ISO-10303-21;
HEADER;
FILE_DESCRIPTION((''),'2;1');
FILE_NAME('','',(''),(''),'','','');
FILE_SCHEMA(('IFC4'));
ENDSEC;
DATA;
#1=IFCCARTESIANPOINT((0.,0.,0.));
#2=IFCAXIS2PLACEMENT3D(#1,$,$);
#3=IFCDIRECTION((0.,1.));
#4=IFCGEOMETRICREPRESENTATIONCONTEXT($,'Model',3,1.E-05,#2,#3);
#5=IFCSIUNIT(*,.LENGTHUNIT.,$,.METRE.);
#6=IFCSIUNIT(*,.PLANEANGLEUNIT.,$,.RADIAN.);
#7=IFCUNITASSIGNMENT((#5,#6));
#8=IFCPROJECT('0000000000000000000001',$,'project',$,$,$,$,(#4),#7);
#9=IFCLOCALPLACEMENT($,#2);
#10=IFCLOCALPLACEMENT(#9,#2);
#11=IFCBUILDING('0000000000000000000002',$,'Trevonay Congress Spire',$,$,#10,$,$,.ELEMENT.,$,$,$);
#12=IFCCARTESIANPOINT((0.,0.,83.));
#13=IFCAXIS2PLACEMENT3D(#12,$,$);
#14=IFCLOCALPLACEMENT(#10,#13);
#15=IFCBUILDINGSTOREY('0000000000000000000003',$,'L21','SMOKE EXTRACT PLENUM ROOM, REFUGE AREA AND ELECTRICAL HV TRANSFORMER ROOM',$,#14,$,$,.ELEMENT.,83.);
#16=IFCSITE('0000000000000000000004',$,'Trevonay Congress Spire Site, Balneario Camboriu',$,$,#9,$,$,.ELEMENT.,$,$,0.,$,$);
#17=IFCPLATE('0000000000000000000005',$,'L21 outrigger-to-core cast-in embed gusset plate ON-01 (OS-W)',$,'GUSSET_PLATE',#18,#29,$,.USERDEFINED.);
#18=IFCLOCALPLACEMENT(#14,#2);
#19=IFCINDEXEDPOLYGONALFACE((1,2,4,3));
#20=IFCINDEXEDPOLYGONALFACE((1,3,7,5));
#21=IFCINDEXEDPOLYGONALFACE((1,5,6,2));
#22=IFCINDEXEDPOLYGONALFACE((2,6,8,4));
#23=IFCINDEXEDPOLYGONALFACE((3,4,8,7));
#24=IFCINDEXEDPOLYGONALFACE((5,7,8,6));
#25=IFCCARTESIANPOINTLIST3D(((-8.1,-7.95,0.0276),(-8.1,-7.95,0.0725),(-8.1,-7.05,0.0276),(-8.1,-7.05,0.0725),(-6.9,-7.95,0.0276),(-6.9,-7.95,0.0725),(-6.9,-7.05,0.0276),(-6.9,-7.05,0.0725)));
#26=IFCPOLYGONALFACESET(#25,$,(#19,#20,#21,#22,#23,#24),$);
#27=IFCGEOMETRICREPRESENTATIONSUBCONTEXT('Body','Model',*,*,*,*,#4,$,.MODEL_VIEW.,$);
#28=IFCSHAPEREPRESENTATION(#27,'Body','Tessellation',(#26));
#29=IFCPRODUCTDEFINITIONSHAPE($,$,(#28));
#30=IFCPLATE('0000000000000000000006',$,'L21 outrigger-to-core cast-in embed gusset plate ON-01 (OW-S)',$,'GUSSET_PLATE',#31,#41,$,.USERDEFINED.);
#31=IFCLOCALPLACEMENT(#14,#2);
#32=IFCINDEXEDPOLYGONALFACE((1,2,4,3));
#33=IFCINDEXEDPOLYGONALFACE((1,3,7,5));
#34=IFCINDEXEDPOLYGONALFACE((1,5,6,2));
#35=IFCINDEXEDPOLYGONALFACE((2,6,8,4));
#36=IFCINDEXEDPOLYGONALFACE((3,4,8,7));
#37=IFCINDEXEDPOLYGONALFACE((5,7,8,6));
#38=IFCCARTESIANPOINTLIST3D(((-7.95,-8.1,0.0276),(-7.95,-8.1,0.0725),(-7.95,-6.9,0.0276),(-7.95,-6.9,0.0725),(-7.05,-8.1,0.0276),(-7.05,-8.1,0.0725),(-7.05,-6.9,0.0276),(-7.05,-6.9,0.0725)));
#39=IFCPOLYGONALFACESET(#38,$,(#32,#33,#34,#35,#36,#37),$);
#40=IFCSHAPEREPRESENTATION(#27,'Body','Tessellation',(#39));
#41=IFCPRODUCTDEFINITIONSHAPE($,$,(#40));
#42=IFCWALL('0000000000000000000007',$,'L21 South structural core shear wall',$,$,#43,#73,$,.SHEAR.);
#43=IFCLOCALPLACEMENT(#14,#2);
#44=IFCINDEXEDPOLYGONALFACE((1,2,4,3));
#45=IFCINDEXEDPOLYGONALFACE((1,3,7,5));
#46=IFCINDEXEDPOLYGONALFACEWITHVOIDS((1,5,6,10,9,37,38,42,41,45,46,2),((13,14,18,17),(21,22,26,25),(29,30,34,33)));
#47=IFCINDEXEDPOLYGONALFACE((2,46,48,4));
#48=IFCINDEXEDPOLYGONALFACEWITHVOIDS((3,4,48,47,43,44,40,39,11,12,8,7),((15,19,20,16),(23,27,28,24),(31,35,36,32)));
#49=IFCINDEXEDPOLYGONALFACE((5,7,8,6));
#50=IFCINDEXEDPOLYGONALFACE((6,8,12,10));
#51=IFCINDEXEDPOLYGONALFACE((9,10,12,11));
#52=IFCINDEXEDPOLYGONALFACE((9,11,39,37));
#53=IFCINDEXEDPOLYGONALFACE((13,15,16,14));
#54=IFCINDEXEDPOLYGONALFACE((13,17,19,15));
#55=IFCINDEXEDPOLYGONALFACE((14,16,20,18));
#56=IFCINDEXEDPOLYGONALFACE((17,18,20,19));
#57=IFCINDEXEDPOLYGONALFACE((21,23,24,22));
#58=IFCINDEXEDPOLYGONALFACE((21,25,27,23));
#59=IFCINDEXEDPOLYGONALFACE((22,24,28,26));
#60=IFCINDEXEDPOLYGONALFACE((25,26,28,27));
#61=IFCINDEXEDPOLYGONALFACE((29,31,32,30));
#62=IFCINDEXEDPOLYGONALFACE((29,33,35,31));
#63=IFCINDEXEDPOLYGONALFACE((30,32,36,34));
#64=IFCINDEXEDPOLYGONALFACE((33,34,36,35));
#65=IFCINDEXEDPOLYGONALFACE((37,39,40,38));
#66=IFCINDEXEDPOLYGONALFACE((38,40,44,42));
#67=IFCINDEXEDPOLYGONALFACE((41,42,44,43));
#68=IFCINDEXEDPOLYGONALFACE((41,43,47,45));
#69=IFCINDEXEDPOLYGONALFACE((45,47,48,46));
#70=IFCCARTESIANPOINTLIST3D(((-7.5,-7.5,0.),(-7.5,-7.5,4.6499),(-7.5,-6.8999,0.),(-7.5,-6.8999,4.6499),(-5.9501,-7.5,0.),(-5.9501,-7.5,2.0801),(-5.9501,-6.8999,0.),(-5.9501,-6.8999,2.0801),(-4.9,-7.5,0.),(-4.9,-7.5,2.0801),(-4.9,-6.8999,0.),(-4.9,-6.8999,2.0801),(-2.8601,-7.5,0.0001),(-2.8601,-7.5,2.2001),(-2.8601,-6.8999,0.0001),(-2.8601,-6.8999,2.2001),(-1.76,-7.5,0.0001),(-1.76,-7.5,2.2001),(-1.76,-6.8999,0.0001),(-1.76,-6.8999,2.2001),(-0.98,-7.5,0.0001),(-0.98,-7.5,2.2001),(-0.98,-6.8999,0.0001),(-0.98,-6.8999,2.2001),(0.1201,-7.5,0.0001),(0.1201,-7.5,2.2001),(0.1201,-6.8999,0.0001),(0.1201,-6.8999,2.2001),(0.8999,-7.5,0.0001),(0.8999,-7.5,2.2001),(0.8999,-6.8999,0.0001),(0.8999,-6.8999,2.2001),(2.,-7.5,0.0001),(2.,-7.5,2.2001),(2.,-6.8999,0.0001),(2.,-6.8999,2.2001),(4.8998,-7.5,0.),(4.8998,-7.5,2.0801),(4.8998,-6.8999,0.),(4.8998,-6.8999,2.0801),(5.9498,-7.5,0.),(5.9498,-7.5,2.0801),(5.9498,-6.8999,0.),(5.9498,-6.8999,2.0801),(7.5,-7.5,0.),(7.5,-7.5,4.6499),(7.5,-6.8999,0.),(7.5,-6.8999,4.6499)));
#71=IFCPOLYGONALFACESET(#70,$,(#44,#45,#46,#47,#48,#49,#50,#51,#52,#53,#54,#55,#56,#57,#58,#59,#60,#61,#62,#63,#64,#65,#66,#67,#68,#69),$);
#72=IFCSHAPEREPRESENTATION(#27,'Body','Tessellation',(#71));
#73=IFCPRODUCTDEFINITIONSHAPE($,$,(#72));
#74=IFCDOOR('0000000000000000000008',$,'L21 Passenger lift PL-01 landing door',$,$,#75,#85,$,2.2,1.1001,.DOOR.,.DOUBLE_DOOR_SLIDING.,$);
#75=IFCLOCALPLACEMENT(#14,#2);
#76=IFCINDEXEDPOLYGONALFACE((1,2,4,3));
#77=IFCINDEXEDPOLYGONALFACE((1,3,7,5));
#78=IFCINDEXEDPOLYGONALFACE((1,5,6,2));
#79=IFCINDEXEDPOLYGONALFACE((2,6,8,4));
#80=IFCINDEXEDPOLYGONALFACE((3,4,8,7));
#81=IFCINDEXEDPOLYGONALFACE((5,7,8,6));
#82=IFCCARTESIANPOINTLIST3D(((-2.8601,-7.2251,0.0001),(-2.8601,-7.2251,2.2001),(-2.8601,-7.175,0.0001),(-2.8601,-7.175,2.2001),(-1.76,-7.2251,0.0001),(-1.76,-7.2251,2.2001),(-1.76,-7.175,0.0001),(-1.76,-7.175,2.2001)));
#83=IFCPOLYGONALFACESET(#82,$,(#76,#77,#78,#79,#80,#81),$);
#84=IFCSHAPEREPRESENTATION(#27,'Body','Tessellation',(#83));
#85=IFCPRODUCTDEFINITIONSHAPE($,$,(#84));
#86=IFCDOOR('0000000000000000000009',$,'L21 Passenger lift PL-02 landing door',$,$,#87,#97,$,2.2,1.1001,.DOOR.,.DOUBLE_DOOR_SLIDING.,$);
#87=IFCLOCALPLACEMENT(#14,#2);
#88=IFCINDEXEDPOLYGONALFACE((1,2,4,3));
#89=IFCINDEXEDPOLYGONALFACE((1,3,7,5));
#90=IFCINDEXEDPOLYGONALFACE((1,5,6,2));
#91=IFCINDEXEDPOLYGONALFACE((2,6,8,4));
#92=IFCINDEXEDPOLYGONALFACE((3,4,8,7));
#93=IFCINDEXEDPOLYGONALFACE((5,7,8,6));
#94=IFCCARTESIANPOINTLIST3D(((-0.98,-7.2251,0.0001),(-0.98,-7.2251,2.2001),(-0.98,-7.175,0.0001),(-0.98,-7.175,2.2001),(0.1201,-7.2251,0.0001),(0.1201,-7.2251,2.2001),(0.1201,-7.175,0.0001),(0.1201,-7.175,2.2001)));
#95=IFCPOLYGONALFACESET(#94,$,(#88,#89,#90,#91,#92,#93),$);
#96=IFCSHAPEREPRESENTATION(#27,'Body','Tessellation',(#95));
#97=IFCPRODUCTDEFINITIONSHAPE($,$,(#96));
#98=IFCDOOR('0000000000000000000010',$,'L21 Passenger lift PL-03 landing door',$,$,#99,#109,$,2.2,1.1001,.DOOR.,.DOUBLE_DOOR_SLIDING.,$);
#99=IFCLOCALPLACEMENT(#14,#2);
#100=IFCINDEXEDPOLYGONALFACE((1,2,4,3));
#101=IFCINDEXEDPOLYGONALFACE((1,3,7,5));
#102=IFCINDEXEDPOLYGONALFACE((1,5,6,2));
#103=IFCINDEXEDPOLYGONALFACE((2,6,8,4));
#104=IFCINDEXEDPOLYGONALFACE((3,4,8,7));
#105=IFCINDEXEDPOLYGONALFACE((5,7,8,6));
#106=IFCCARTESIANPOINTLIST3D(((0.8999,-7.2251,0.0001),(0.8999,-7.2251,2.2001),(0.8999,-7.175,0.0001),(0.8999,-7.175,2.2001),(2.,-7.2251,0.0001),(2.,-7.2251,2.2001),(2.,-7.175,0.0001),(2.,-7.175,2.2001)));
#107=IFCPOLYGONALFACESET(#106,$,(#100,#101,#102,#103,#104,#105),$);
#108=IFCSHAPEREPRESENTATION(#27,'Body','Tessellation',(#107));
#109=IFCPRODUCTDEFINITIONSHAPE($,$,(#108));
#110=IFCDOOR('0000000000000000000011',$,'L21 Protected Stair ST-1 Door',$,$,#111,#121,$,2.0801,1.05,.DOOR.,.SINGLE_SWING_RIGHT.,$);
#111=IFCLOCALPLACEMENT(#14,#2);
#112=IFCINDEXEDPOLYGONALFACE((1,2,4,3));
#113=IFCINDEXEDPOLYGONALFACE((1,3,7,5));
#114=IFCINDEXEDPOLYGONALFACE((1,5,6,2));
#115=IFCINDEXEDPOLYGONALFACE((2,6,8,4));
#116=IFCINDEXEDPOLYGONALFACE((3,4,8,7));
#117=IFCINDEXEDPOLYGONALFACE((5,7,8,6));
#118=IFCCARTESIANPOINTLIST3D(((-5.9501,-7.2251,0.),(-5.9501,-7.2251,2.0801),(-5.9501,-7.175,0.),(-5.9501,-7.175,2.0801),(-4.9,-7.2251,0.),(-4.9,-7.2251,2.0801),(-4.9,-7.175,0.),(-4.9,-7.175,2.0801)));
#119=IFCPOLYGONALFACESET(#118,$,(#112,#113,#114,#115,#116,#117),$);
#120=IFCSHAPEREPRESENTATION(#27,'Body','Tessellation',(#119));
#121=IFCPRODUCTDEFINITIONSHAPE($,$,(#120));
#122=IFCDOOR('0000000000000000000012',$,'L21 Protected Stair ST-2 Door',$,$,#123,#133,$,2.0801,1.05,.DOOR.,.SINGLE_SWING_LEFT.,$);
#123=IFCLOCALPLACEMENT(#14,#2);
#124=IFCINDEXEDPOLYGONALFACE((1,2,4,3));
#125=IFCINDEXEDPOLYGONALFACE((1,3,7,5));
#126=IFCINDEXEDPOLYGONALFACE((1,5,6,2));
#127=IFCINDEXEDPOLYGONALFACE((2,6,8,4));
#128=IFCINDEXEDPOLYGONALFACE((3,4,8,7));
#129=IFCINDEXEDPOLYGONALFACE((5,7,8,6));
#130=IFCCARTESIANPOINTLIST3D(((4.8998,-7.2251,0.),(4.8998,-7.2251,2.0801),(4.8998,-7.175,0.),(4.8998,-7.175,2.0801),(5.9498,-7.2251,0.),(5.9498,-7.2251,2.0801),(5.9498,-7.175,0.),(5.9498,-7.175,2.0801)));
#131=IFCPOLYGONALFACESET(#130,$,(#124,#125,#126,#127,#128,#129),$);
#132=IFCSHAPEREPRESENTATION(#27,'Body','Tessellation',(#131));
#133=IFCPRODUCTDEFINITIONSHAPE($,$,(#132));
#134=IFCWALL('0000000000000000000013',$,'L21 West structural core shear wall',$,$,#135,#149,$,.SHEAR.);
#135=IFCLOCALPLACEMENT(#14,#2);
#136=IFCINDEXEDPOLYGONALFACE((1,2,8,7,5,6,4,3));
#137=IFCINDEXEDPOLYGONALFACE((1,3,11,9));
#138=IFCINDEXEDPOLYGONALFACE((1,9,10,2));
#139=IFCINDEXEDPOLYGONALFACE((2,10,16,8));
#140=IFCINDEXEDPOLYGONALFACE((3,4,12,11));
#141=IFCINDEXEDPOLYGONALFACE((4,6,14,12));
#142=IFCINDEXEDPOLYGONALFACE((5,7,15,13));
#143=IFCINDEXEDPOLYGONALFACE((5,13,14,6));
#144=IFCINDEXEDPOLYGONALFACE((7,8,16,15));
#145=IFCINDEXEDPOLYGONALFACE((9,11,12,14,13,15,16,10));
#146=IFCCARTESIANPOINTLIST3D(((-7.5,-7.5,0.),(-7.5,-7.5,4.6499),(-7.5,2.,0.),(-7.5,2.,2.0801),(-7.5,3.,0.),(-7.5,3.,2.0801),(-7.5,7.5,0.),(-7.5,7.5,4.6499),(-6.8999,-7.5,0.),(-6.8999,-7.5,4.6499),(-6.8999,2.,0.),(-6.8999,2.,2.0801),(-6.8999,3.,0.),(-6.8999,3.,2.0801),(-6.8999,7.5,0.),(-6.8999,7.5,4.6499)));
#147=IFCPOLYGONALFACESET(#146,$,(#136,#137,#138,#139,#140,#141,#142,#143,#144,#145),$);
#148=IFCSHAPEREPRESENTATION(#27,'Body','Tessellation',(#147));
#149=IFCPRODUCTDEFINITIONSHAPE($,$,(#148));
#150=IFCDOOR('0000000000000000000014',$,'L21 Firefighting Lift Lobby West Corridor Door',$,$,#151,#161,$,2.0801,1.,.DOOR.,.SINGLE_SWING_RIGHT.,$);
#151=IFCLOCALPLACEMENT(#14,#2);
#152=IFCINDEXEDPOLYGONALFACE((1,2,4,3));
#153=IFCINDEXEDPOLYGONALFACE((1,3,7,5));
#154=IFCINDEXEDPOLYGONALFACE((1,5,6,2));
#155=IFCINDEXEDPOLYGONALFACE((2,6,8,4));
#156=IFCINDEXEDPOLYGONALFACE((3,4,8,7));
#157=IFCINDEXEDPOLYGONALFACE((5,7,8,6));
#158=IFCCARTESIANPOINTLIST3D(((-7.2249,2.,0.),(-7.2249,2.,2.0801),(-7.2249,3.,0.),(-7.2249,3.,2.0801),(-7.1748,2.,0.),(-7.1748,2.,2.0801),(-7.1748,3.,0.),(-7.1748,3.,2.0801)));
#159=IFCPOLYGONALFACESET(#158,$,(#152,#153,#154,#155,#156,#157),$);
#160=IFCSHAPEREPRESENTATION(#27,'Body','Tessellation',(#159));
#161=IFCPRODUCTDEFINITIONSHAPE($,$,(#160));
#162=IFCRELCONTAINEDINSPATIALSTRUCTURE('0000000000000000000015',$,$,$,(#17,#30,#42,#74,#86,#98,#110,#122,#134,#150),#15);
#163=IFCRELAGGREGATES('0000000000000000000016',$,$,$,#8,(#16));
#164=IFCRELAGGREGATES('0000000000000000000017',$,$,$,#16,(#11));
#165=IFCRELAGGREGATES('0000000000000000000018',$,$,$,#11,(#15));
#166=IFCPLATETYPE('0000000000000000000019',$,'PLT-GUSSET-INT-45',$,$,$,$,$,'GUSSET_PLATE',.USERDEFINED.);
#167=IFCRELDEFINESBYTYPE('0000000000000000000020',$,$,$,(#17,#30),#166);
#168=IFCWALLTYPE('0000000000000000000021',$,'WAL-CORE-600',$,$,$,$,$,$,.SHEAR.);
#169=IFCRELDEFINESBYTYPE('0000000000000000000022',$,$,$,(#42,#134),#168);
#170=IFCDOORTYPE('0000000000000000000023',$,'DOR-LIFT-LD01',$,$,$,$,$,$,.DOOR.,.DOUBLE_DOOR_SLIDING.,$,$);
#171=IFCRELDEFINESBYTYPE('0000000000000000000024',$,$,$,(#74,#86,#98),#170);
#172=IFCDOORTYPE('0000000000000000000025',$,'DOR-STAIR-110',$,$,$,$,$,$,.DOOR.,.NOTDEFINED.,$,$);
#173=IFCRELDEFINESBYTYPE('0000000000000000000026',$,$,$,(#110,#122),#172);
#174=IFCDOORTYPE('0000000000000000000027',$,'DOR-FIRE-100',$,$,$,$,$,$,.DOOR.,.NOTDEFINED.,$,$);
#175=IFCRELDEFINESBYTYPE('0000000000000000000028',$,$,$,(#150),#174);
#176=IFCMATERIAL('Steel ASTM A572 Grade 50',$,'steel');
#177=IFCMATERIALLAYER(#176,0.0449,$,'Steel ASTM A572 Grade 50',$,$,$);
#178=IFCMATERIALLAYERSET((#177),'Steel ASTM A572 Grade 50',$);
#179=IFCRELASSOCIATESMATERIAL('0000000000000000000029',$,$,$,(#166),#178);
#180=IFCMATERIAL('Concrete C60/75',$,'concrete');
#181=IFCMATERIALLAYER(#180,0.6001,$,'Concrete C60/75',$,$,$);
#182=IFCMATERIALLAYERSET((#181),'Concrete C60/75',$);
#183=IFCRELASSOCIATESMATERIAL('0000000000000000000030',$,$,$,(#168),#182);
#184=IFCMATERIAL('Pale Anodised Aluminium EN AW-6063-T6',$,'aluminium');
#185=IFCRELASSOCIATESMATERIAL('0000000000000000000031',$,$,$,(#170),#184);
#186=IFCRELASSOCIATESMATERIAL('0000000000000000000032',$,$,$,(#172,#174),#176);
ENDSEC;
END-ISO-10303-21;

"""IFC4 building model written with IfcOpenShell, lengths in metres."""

from ifc_helpers import new_model, si_unit, direction, frame, frame_2d, origin, origin_2d, place, context, subcontext, project, spatial, rectangle, extrude, material, layer, layer_set, type_object, element, fill, save


model = new_model("IFC4")

# Units and contexts
model_context = context("Model", 3, precision=1e-05, world=origin(), true_north=direction((0.0, 1.0)))
body_context = subcontext(model_context, "Body", "Model", "MODEL_VIEW")
ifc_project = project(units=[si_unit("LENGTHUNIT", "METRE"), si_unit("PLANEANGLEUNIT", "RADIAN")], contexts=[model_context])

# Site, building, storey
site_placement = place(None, origin())
site = spatial("IfcSite", under=ifc_project, at=site_placement, Name="Trevonay Congress Spire Site, Balneario Camboriu", CompositionType="ELEMENT", RefElevation=0.0)
building_placement = place(site_placement, origin())
building = spatial("IfcBuilding", under=site, at=building_placement, Name="Trevonay Congress Spire", CompositionType="ELEMENT")
storey_placement = place(building_placement, frame((0.0, 0.0, 83.0)))
storey = spatial("IfcBuildingStorey", under=building, at=storey_placement, Name="L21", Description="SMOKE EXTRACT PLENUM ROOM, REFUGE AREA AND ELECTRICAL HV TRANSFORMER ROOM", CompositionType="ELEMENT", Elevation=83.0)

# Shared definitions
ifc_material_1 = material(Name="Steel ASTM A572 Grade 50", Category="steel")

# Plates
ifc_layer_1 = layer(ifc_material_1, 0.0449, Name="Steel ASTM A572 Grade 50")
ifc_layer_set_1 = layer_set([ifc_layer_1], Name="Steel ASTM A572 Grade 50")
plate_type = type_object("IfcPlateType", Name="PLT-GUSSET-INT-45", ElementType="GUSSET_PLATE", PredefinedType="USERDEFINED", material=ifc_layer_set_1)
for number, where, z_axis, x_axis, name in (
    (1, (-7.5, -7.5, 0.0276), (0.0, 0.0, 1.0), (1.0, 0.0, 0.0), "L21 outrigger-to-core cast-in embed gusset plate ON-01 (OS-W)"),
    (2, (-7.5, -7.5, 0.0276), (0.0, 0.0, 1.0), (0.0, 1.0, 0.0), "L21 outrigger-to-core cast-in embed gusset plate ON-01 (OW-S)"),
):
    element("IfcPlate", number, at=place(storey_placement, frame(where, z_axis=z_axis, x_axis=x_axis)), inside=storey, type_object=plate_type, Name=name, ObjectType="GUSSET_PLATE", PredefinedType="USERDEFINED", context=body_context, shape_type="SweptSolid", body=[
        extrude(rectangle(XDim=1.2, YDim=0.8999, at=origin_2d()), origin(), (0.0, 0.0, 1.0), 0.0449),
    ])

# Wall, openings, doors
ifc_material_2 = material(Name="Concrete C60/75", Category="concrete")
ifc_layer_2 = layer(ifc_material_2, 0.6001, Name="Concrete C60/75")
ifc_layer_set_2 = layer_set([ifc_layer_2], Name="Concrete C60/75")
wall_type_1 = type_object("IfcWallType", Name="WAL-CORE-600", PredefinedType="SHEAR", material=ifc_layer_set_2)
wall_1_placement = place(storey_placement, frame((-7.5, -7.2, 0.0), z_axis=(0.0, 0.0, 1.0), x_axis=(1.0, 0.0, 0.0)))
wall_1 = element("IfcWall", 3, at=wall_1_placement, inside=storey, type_object=wall_type_1, Name="L21 South structural core shear wall", PredefinedType="SHEAR", context=body_context, shape_type="SweptSolid", body=[
    extrude(rectangle(XDim=15.0, YDim=0.6001, at=frame_2d((7.5, 0.0))), origin(), (0.0, 0.0, 1.0), 4.6499),
])
opening_1_placement = place(wall_1_placement, frame((1.55, 0.0, 0.0)))
opening_1 = element("IfcOpeningElement", 4, at=opening_1_placement, cuts=wall_1, PredefinedType="OPENING", context=body_context, shape_type="SweptSolid", body=[
    extrude(rectangle(XDim=1.05, YDim=2.0801, at=frame_2d((0.5249, 1.04))), frame((0.0, 0.3101, 0.0), z_axis=(0.0, -1.0, 0.0), x_axis=(1.0, 0.0, 0.0)), (0.0, 0.0, 1.0), 0.6201),
])
opening_2_placement = place(wall_1_placement, frame((12.3999, 0.0, 0.0)))
opening_2 = element("IfcOpeningElement", 5, at=opening_2_placement, cuts=wall_1, PredefinedType="OPENING", context=body_context, shape_type="SweptSolid", body=[
    extrude(rectangle(XDim=1.05, YDim=2.0801, at=frame_2d((0.5249, 1.04))), frame((0.0, 0.3101, 0.0), z_axis=(0.0, -1.0, 0.0), x_axis=(1.0, 0.0, 0.0)), (0.0, 0.0, 1.0), 0.6201),
])
opening_3_placement = place(wall_1_placement, frame((4.6399, 0.0, 0.0)))
opening_3 = element("IfcOpeningElement", 6, at=opening_3_placement, cuts=wall_1, PredefinedType="OPENING", context=body_context, shape_type="SweptSolid", body=[
    extrude(rectangle(XDim=1.1001, YDim=2.2, at=frame_2d((0.55, 1.1001))), frame((0.0, 0.3101, 0.0), z_axis=(0.0, -1.0, 0.0), x_axis=(1.0, 0.0, 0.0)), (0.0, 0.0, 1.0), 0.6201),
])
opening_4_placement = place(wall_1_placement, frame((6.52, 0.0, 0.0)))
opening_4 = element("IfcOpeningElement", 7, at=opening_4_placement, cuts=wall_1, PredefinedType="OPENING", context=body_context, shape_type="SweptSolid", body=[
    extrude(rectangle(XDim=1.1001, YDim=2.2, at=frame_2d((0.55, 1.1001))), frame((0.0, 0.3101, 0.0), z_axis=(0.0, -1.0, 0.0), x_axis=(1.0, 0.0, 0.0)), (0.0, 0.0, 1.0), 0.6201),
])
opening_5_placement = place(wall_1_placement, frame((8.3999, 0.0, 0.0)))
opening_5 = element("IfcOpeningElement", 8, at=opening_5_placement, cuts=wall_1, PredefinedType="OPENING", context=body_context, shape_type="SweptSolid", body=[
    extrude(rectangle(XDim=1.1001, YDim=2.2, at=frame_2d((0.55, 1.1001))), frame((0.0, 0.3101, 0.0), z_axis=(0.0, -1.0, 0.0), x_axis=(1.0, 0.0, 0.0)), (0.0, 0.0, 1.0), 0.6201),
])
ifc_material_3 = material(Name="Pale Anodised Aluminium EN AW-6063-T6", Category="aluminium")
door_type_1 = type_object("IfcDoorType", Name="DOR-LIFT-LD01", OperationType="DOUBLE_DOOR_SLIDING", PredefinedType="DOOR", material=ifc_material_3)
door_1_placement = place(opening_3_placement, origin())
door_1 = element("IfcDoor", 9, at=door_1_placement, inside=storey, type_object=door_type_1, Name="L21 Passenger lift PL-01 landing door", OperationType="DOUBLE_DOOR_SLIDING", OverallHeight=2.2, OverallWidth=1.1001, PredefinedType="DOOR", context=body_context, shape_type="SweptSolid", body=[
    extrude(rectangle(XDim=1.1001, YDim=2.2, at=frame_2d((0.55, 1.1001))), frame((0.0, 0.0249, 0.0), z_axis=(0.0, -1.0, 0.0), x_axis=(1.0, 0.0, 0.0)), (0.0, 0.0, 1.0), 0.05),
])
fill(opening_3, door_1)
door_2_placement = place(opening_4_placement, origin())
door_2 = element("IfcDoor", 10, at=door_2_placement, inside=storey, type_object=door_type_1, Name="L21 Passenger lift PL-02 landing door", OperationType="DOUBLE_DOOR_SLIDING", OverallHeight=2.2, OverallWidth=1.1001, PredefinedType="DOOR", context=body_context, shape_type="SweptSolid", body=[
    extrude(rectangle(XDim=1.1001, YDim=2.2, at=frame_2d((0.55, 1.1001))), frame((0.0, 0.0249, 0.0), z_axis=(0.0, -1.0, 0.0), x_axis=(1.0, 0.0, 0.0)), (0.0, 0.0, 1.0), 0.05),
])
fill(opening_4, door_2)
door_3_placement = place(opening_5_placement, origin())
door_3 = element("IfcDoor", 11, at=door_3_placement, inside=storey, type_object=door_type_1, Name="L21 Passenger lift PL-03 landing door", OperationType="DOUBLE_DOOR_SLIDING", OverallHeight=2.2, OverallWidth=1.1001, PredefinedType="DOOR", context=body_context, shape_type="SweptSolid", body=[
    extrude(rectangle(XDim=1.1001, YDim=2.2, at=frame_2d((0.55, 1.1001))), frame((0.0, 0.0249, 0.0), z_axis=(0.0, -1.0, 0.0), x_axis=(1.0, 0.0, 0.0)), (0.0, 0.0, 1.0), 0.05),
])
fill(opening_5, door_3)
door_type_2 = type_object("IfcDoorType", Name="DOR-STAIR-110", OperationType="NOTDEFINED", PredefinedType="DOOR", material=ifc_material_1)
door_4_placement = place(opening_1_placement, origin())
door_4 = element("IfcDoor", 12, at=door_4_placement, inside=storey, type_object=door_type_2, Name="L21 Protected Stair ST-1 Door", OperationType="SINGLE_SWING_RIGHT", OverallHeight=2.0801, OverallWidth=1.05, PredefinedType="DOOR", context=body_context, shape_type="SweptSolid", body=[
    extrude(rectangle(XDim=1.05, YDim=2.0801, at=frame_2d((0.5249, 1.04))), frame((0.0, 0.0249, 0.0), z_axis=(0.0, -1.0, 0.0), x_axis=(1.0, 0.0, 0.0)), (0.0, 0.0, 1.0), 0.05),
])
fill(opening_1, door_4)
door_5_placement = place(opening_2_placement, origin())
door_5 = element("IfcDoor", 13, at=door_5_placement, inside=storey, type_object=door_type_2, Name="L21 Protected Stair ST-2 Door", OperationType="SINGLE_SWING_LEFT", OverallHeight=2.0801, OverallWidth=1.05, PredefinedType="DOOR", context=body_context, shape_type="SweptSolid", body=[
    extrude(rectangle(XDim=1.05, YDim=2.0801, at=frame_2d((0.5249, 1.04))), frame((0.0, 0.0249, 0.0), z_axis=(0.0, -1.0, 0.0), x_axis=(1.0, 0.0, 0.0)), (0.0, 0.0, 1.0), 0.05),
])
fill(opening_2, door_5)

# Wall, opening, door
wall_2_placement = place(storey_placement, frame((-7.2, -7.5, 0.0), z_axis=(0.0, 0.0, 1.0), x_axis=(0.0, 1.0, 0.0)))
wall_2 = element("IfcWall", 14, at=wall_2_placement, inside=storey, type_object=wall_type_1, Name="L21 West structural core shear wall", PredefinedType="SHEAR", context=body_context, shape_type="SweptSolid", body=[
    extrude(rectangle(XDim=15.0, YDim=0.6001, at=frame_2d((7.5, 0.0))), origin(), (0.0, 0.0, 1.0), 4.6499),
])
opening_6_placement = place(wall_2_placement, frame((9.5, 0.0, 0.0)))
opening_6 = element("IfcOpeningElement", 15, at=opening_6_placement, cuts=wall_2, PredefinedType="OPENING", context=body_context, shape_type="SweptSolid", body=[
    extrude(rectangle(XDim=1.0, YDim=2.0801, at=frame_2d((0.5, 1.04))), frame((0.0, 0.3101, 0.0), z_axis=(0.0, -1.0, 0.0), x_axis=(1.0, 0.0, 0.0)), (0.0, 0.0, 1.0), 0.6201),
])
door_type_3 = type_object("IfcDoorType", Name="DOR-FIRE-100", OperationType="NOTDEFINED", PredefinedType="DOOR", material=ifc_material_1)
door_6_placement = place(opening_6_placement, origin())
door_6 = element("IfcDoor", 16, at=door_6_placement, inside=storey, type_object=door_type_3, Name="L21 Firefighting Lift Lobby West Corridor Door", OperationType="SINGLE_SWING_RIGHT", OverallHeight=2.0801, OverallWidth=1.0, PredefinedType="DOOR", context=body_context, shape_type="SweptSolid", body=[
    extrude(rectangle(XDim=1.0, YDim=2.0801, at=frame_2d((0.5, 1.04))), frame((0.0, 0.0249, 0.0), z_axis=(0.0, -1.0, 0.0), x_axis=(1.0, 0.0, 0.0)), (0.0, 0.0, 1.0), 0.05),
])
fill(opening_6, door_6)

save(model, "model.ifc")
